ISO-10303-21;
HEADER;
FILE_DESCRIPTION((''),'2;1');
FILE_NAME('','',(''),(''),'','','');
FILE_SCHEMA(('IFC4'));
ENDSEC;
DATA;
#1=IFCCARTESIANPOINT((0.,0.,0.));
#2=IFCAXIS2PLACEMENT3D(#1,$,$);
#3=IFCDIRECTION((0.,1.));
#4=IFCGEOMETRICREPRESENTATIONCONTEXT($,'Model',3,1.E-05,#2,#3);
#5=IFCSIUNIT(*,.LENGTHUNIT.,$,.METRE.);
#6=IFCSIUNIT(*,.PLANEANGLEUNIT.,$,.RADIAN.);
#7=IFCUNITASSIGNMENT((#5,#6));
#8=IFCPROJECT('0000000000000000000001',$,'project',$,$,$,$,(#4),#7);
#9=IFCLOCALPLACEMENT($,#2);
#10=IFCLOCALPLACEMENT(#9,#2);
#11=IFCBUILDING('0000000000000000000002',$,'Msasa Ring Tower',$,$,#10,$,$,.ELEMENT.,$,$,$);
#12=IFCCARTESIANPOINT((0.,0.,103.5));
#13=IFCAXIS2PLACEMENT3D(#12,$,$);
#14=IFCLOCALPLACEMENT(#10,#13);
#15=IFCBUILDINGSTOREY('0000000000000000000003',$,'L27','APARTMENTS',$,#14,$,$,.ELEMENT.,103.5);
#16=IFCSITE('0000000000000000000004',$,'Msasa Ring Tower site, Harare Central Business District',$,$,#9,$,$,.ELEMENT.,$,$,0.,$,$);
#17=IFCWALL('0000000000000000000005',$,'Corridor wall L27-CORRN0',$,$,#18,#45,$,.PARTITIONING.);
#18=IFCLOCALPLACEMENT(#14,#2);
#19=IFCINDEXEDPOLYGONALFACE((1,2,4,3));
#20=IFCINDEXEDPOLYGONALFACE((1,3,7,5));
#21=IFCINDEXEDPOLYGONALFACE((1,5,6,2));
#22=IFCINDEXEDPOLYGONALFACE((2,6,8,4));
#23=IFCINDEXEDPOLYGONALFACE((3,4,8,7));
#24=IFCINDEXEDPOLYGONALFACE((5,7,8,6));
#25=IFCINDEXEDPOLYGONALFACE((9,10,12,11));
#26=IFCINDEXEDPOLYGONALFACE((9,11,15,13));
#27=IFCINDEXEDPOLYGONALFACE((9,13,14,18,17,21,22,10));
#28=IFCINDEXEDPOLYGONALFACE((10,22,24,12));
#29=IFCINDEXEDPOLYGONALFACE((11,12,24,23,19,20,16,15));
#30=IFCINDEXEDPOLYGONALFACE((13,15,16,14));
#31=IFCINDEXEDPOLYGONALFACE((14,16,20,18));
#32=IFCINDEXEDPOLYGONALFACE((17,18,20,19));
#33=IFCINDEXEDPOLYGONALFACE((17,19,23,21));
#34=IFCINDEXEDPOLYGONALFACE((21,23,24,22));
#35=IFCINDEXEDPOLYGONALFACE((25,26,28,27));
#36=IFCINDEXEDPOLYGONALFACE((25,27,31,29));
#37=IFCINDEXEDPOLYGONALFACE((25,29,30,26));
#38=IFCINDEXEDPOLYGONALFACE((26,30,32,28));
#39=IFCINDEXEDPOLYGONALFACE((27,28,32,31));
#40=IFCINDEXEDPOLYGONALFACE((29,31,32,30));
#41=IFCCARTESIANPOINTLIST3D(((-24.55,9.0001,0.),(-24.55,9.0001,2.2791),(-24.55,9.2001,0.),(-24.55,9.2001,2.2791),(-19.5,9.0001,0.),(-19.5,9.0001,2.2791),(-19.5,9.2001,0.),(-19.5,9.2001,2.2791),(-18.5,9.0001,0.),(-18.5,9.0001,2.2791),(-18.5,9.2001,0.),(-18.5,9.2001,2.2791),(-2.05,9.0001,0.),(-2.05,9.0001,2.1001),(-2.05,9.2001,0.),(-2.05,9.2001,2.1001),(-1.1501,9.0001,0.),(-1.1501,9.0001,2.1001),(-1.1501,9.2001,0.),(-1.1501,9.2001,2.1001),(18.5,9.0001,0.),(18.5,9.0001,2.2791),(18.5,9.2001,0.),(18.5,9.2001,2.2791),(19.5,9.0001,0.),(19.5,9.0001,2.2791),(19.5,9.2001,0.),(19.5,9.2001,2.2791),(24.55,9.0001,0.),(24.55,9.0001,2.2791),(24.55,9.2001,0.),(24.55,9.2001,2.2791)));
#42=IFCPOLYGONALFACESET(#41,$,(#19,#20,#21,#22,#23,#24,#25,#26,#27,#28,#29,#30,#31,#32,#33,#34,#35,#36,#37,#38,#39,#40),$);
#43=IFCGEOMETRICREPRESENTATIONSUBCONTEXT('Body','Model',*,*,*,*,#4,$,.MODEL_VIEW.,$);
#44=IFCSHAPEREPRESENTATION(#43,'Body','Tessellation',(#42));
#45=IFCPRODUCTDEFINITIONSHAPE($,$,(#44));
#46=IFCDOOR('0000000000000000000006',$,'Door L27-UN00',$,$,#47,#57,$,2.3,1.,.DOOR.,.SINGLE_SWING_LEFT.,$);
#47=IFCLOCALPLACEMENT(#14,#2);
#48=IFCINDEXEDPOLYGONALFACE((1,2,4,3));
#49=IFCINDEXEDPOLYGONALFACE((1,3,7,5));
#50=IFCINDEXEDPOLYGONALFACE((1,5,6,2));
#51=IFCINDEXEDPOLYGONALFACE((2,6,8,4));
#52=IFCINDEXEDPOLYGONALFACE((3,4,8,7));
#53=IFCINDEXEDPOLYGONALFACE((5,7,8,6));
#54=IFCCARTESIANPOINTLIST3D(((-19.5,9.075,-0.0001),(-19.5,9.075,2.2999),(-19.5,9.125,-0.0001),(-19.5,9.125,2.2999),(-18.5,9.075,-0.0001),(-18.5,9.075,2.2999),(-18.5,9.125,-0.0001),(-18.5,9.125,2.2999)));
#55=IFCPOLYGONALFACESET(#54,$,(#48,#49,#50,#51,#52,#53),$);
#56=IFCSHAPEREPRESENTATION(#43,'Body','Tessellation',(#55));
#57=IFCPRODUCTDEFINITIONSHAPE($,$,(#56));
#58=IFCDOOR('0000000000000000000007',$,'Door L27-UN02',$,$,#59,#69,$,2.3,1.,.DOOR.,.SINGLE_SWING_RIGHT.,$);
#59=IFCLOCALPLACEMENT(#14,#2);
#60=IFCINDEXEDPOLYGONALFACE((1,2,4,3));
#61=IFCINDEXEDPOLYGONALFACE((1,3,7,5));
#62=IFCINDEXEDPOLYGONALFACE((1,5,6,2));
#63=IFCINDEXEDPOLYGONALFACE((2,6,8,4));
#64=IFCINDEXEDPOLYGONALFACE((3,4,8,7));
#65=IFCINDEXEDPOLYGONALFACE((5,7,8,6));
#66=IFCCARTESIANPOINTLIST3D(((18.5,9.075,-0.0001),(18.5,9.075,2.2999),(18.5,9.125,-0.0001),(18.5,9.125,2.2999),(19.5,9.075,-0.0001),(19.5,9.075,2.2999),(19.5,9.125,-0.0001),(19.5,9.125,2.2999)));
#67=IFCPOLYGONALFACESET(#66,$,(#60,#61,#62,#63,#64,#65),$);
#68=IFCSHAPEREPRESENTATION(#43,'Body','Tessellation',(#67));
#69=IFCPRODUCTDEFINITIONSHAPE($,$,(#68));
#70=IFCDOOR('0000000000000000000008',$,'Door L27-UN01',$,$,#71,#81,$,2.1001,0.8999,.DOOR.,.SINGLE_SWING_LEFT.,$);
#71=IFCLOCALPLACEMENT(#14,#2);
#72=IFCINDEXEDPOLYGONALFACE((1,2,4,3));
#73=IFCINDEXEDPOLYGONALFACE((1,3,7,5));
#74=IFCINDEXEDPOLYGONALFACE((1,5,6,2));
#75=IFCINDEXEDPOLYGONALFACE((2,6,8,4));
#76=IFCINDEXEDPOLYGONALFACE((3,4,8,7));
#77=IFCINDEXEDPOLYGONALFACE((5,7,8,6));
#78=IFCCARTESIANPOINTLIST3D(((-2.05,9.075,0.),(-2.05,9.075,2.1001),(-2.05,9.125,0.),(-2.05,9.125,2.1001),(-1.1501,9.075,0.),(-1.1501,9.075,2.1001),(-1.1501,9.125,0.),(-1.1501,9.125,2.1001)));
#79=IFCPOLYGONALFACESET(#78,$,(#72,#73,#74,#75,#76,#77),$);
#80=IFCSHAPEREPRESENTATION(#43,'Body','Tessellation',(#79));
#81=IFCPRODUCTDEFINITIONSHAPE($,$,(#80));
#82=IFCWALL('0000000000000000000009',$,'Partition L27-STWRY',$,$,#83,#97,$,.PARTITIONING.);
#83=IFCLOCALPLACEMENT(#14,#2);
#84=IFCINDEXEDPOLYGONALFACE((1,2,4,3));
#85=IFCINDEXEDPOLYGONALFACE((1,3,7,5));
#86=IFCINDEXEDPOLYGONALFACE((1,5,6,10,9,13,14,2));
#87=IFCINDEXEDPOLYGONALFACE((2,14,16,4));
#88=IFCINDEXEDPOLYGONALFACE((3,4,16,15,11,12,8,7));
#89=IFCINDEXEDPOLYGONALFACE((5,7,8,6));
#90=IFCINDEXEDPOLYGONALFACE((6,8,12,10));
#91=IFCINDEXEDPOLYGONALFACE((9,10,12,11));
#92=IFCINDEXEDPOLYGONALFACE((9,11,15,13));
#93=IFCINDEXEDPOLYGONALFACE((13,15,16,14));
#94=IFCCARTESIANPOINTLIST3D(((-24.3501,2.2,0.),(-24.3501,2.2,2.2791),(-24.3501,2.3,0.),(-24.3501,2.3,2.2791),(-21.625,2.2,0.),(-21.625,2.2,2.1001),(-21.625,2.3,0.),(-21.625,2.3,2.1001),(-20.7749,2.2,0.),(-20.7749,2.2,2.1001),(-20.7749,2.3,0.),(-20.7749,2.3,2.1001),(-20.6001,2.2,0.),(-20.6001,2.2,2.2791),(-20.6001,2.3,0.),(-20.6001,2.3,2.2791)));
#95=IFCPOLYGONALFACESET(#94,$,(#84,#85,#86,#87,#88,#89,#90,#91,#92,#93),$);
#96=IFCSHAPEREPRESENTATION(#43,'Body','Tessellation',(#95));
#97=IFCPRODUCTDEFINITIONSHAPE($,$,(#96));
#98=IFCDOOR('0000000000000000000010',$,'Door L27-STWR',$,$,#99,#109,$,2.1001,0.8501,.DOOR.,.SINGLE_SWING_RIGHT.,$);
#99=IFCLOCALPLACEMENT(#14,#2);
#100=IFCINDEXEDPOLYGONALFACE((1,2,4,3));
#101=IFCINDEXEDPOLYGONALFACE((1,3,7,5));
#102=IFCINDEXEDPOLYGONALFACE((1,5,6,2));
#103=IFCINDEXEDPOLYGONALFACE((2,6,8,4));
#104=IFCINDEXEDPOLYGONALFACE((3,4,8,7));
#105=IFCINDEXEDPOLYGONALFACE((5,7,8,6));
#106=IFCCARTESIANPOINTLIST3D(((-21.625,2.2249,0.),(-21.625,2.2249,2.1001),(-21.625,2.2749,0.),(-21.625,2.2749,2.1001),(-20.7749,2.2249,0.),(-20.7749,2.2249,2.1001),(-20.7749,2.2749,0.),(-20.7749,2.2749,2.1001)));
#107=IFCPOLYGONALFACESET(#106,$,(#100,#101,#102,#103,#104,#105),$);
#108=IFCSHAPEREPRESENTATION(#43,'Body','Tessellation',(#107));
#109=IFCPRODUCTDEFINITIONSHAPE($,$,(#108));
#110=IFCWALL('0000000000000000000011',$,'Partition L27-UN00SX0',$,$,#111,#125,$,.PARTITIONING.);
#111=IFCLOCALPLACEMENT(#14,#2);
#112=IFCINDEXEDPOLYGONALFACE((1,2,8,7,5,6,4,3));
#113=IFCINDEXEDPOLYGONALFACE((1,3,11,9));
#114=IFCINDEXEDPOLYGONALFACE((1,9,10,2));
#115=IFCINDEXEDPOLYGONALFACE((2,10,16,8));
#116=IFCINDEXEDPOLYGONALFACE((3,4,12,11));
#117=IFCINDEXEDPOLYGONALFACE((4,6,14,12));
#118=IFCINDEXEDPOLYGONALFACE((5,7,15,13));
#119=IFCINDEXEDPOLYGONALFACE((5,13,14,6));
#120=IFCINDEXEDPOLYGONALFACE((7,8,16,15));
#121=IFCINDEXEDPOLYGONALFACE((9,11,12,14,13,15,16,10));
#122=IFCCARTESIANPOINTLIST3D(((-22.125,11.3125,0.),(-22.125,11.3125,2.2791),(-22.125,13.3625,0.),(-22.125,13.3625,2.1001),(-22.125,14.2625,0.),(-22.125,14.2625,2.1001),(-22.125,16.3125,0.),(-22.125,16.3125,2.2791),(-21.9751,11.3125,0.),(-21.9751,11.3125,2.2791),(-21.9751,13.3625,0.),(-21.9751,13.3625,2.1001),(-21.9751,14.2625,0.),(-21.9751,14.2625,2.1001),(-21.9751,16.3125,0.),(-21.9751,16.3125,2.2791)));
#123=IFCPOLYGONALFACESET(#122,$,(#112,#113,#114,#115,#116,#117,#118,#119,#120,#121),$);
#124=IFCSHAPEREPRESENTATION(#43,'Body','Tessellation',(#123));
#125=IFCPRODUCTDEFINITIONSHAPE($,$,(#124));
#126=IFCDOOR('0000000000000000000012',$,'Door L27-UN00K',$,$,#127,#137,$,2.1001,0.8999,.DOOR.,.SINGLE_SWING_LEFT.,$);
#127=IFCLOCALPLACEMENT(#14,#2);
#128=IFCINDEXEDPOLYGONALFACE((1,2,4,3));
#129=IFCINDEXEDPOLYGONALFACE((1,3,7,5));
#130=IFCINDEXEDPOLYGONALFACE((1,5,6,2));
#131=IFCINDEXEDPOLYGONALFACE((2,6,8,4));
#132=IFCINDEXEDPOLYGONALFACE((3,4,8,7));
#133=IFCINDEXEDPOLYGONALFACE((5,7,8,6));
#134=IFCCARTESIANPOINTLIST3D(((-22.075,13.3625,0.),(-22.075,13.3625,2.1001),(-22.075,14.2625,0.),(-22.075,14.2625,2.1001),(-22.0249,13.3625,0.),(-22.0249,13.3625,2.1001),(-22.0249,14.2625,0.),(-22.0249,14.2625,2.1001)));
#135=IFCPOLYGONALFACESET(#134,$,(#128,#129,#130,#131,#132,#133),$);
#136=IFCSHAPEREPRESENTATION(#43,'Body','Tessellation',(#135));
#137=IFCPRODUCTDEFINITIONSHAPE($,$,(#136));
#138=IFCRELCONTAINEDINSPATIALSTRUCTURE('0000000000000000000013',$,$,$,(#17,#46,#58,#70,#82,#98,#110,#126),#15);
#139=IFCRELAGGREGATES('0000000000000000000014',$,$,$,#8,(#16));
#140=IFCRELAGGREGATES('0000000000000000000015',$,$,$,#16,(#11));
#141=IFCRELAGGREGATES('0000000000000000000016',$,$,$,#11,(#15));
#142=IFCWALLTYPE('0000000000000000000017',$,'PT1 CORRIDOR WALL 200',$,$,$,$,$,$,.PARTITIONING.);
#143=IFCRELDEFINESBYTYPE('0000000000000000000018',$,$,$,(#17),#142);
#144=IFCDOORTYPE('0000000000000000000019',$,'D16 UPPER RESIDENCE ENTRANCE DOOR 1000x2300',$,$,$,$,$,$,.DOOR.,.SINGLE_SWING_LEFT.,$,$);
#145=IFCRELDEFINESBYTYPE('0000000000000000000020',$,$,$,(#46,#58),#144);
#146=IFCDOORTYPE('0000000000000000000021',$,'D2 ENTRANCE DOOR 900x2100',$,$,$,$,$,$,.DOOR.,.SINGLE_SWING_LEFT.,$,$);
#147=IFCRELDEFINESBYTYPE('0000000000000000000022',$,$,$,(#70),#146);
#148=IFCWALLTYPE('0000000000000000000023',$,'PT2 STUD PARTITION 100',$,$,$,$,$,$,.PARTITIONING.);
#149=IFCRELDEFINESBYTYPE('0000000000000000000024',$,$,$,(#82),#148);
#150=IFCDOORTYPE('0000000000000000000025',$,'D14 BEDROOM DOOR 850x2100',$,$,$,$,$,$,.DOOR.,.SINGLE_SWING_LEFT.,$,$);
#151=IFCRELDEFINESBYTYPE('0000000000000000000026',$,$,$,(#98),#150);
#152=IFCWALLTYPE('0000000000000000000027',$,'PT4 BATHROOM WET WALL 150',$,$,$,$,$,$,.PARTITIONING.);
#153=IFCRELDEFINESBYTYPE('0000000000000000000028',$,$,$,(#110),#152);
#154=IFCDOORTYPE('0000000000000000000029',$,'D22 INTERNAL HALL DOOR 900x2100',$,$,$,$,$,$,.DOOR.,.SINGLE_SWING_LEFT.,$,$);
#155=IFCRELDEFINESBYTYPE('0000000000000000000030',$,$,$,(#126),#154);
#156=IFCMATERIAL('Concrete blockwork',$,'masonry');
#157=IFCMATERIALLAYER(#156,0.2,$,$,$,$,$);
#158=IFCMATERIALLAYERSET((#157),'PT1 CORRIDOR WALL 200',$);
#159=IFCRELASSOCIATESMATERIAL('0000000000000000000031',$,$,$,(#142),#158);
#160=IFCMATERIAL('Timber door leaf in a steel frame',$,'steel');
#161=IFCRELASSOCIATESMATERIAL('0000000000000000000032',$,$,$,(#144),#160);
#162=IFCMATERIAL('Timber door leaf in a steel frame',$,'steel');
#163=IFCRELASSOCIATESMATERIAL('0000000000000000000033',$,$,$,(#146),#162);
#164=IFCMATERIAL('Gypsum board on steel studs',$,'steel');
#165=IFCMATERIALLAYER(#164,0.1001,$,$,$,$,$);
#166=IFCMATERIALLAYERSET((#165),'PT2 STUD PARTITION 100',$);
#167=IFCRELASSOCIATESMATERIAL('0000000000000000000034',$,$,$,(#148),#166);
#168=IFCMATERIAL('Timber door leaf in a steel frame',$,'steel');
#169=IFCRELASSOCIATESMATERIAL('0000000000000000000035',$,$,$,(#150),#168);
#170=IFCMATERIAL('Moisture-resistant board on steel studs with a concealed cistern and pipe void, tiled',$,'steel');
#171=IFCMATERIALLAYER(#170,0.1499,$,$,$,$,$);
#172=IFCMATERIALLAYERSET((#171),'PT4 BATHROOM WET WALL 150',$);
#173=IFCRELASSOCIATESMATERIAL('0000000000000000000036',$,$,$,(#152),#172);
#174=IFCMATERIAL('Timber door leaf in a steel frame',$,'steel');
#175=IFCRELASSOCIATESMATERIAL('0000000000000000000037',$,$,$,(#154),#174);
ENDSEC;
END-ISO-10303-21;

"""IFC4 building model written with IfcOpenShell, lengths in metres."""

from ifc_helpers import new_model, si_unit, direction, frame, frame_2d, origin, place, context, subcontext, project, spatial, rectangle, extrude, material, layer, layer_set, type_object, element, fill, save


model = new_model("IFC4")

# Units and contexts
model_context = context("Model", 3, precision=1e-05, world=origin(), true_north=direction((0.0, 1.0)))
body_context = subcontext(model_context, "Body", "Model", "MODEL_VIEW")
ifc_project = project(units=[si_unit("LENGTHUNIT", "METRE"), si_unit("PLANEANGLEUNIT", "RADIAN")], contexts=[model_context])

# Site, building, storey
site_placement = place(None, origin())
site = spatial("IfcSite", under=ifc_project, at=site_placement, Name="Msasa Ring Tower site, Harare Central Business District", CompositionType="ELEMENT", RefElevation=0.0)
building_placement = place(site_placement, origin())
building = spatial("IfcBuilding", under=site, at=building_placement, Name="Msasa Ring Tower", CompositionType="ELEMENT")
storey_placement = place(building_placement, frame((0.0, 0.0, 103.5)))
storey = spatial("IfcBuildingStorey", under=building, at=storey_placement, Name="L27", Description="APARTMENTS", CompositionType="ELEMENT", Elevation=103.5)

# Wall, openings, doors
ifc_material_1 = material(Name="Concrete blockwork", Category="masonry")
ifc_layer_1 = layer(ifc_material_1, 0.2)
ifc_layer_set_1 = layer_set([ifc_layer_1], Name="PT1 CORRIDOR WALL 200")
wall_type_1 = type_object("IfcWallType", Name="PT1 CORRIDOR WALL 200", PredefinedType="PARTITIONING", material=ifc_layer_set_1)
wall_1_placement = place(storey_placement, frame((-24.55, 9.1001, 0.0), z_axis=(0.0, 0.0, 1.0), x_axis=(1.0, 0.0, 0.0)))
wall_1 = element("IfcWall", 1, at=wall_1_placement, inside=storey, type_object=wall_type_1, Name="Corridor wall L27-CORRN0", PredefinedType="PARTITIONING", context=body_context, shape_type="SweptSolid", body=[
    extrude(rectangle(XDim=49.1001, YDim=0.2, at=frame_2d((24.55, 0.0))), origin(), (0.0, 0.0, 1.0), 2.2791),
])
opening_1_placement = place(wall_1_placement, frame((5.05, 0.0, 0.0)))
opening_1 = element("IfcOpeningElement", 2, at=opening_1_placement, cuts=wall_1, PredefinedType="OPENING", context=body_context, shape_type="SweptSolid", body=[
    extrude(rectangle(XDim=1.0, YDim=2.3, at=frame_2d((0.5, 1.1499))), frame((0.0, 0.1099, 0.0), z_axis=(0.0, -1.0, 0.0), x_axis=(1.0, 0.0, 0.0)), (0.0, 0.0, 1.0), 0.22),
])
opening_2_placement = place(wall_1_placement, frame((22.5, 0.0, 0.0)))
opening_2 = element("IfcOpeningElement", 3, at=opening_2_placement, cuts=wall_1, PredefinedType="OPENING", context=body_context, shape_type="SweptSolid", body=[
    extrude(rectangle(XDim=0.8999, YDim=2.1001, at=frame_2d((0.45, 1.05))), frame((0.0, 0.1099, 0.0), z_axis=(0.0, -1.0, 0.0), x_axis=(1.0, 0.0, 0.0)), (0.0, 0.0, 1.0), 0.22),
])
opening_3_placement = place(wall_1_placement, frame((43.05, 0.0, 0.0)))
opening_3 = element("IfcOpeningElement", 4, at=opening_3_placement, cuts=wall_1, PredefinedType="OPENING", context=body_context, shape_type="SweptSolid", body=[
    extrude(rectangle(XDim=1.0, YDim=2.3, at=frame_2d((0.5, 1.1499))), frame((0.0, 0.1099, 0.0), z_axis=(0.0, -1.0, 0.0), x_axis=(1.0, 0.0, 0.0)), (0.0, 0.0, 1.0), 0.22),
])
ifc_material_2 = material(Name="Timber door leaf in a steel frame", Category="steel")
door_type_1 = type_object("IfcDoorType", Name="D16 UPPER RESIDENCE ENTRANCE DOOR 1000x2300", OperationType="SINGLE_SWING_LEFT", PredefinedType="DOOR", material=ifc_material_2)
door_1_placement = place(opening_1_placement, origin())
door_1 = element("IfcDoor", 5, at=door_1_placement, inside=storey, type_object=door_type_1, Name="Door L27-UN00", OperationType="SINGLE_SWING_LEFT", OverallHeight=2.3, OverallWidth=1.0, PredefinedType="DOOR", context=body_context, shape_type="SweptSolid", body=[
    extrude(rectangle(XDim=1.0, YDim=2.3, at=frame_2d((0.5, 1.1499))), frame((0.0, 0.0249, 0.0), z_axis=(0.0, -1.0, 0.0), x_axis=(1.0, 0.0, 0.0)), (0.0, 0.0, 1.0), 0.05),
])
fill(opening_1, door_1)
door_2_placement = place(opening_3_placement, origin())
door_2 = element("IfcDoor", 6, at=door_2_placement, inside=storey, type_object=door_type_1, Name="Door L27-UN02", OperationType="SINGLE_SWING_RIGHT", OverallHeight=2.3, OverallWidth=1.0, PredefinedType="DOOR", context=body_context, shape_type="SweptSolid", body=[
    extrude(rectangle(XDim=1.0, YDim=2.3, at=frame_2d((0.5, 1.1499))), frame((0.0, 0.0249, 0.0), z_axis=(0.0, -1.0, 0.0), x_axis=(1.0, 0.0, 0.0)), (0.0, 0.0, 1.0), 0.05),
])
fill(opening_3, door_2)
ifc_material_3 = material(Name="Timber door leaf in a steel frame", Category="steel")
door_type_2 = type_object("IfcDoorType", Name="D2 ENTRANCE DOOR 900x2100", OperationType="SINGLE_SWING_LEFT", PredefinedType="DOOR", material=ifc_material_3)
door_3_placement = place(opening_2_placement, origin())
door_3 = element("IfcDoor", 7, at=door_3_placement, inside=storey, type_object=door_type_2, Name="Door L27-UN01", OperationType="SINGLE_SWING_LEFT", OverallHeight=2.1001, OverallWidth=0.8999, PredefinedType="DOOR", context=body_context, shape_type="SweptSolid", body=[
    extrude(rectangle(XDim=0.8999, YDim=2.1001, at=frame_2d((0.45, 1.05))), frame((0.0, 0.0249, 0.0), z_axis=(0.0, -1.0, 0.0), x_axis=(1.0, 0.0, 0.0)), (0.0, 0.0, 1.0), 0.05),
])
fill(opening_2, door_3)

# Walls, openings, doors
ifc_material_4 = material(Name="Gypsum board on steel studs", Category="steel")
ifc_layer_2 = layer(ifc_material_4, 0.1001)
ifc_layer_set_2 = layer_set([ifc_layer_2], Name="PT2 STUD PARTITION 100")
wall_type_2 = type_object("IfcWallType", Name="PT2 STUD PARTITION 100", PredefinedType="PARTITIONING", material=ifc_layer_set_2)
wall_2_placement = place(storey_placement, frame((-24.3501, 2.25, 0.0), z_axis=(0.0, 0.0, 1.0), x_axis=(1.0, 0.0, 0.0)))
wall_2 = element("IfcWall", 8, at=wall_2_placement, inside=storey, type_object=wall_type_2, Name="Partition L27-STWRY", PredefinedType="PARTITIONING", context=body_context, shape_type="SweptSolid", body=[
    extrude(rectangle(XDim=3.75, YDim=0.1001, at=frame_2d((1.875, 0.0))), origin(), (0.0, 0.0, 1.0), 2.2791),
])
opening_4_placement = place(wall_2_placement, frame((2.7251, 0.0, 0.0)))
opening_4 = element("IfcOpeningElement", 9, at=opening_4_placement, cuts=wall_2, PredefinedType="OPENING", context=body_context, shape_type="SweptSolid", body=[
    extrude(rectangle(XDim=0.8501, YDim=2.1001, at=frame_2d((0.425, 1.05))), frame((0.0, 0.0601, 0.0), z_axis=(0.0, -1.0, 0.0), x_axis=(1.0, 0.0, 0.0)), (0.0, 0.0, 1.0), 0.1201),
])
ifc_material_5 = material(Name="Timber door leaf in a steel frame", Category="steel")
door_type_3 = type_object("IfcDoorType", Name="D14 BEDROOM DOOR 850x2100", OperationType="SINGLE_SWING_LEFT", PredefinedType="DOOR", material=ifc_material_5)
door_4_placement = place(opening_4_placement, origin())
door_4 = element("IfcDoor", 10, at=door_4_placement, inside=storey, type_object=door_type_3, Name="Door L27-STWR", OperationType="SINGLE_SWING_RIGHT", OverallHeight=2.1001, OverallWidth=0.8501, PredefinedType="DOOR", context=body_context, shape_type="SweptSolid", body=[
    extrude(rectangle(XDim=0.8501, YDim=2.1001, at=frame_2d((0.425, 1.05))), frame((0.0, 0.0249, 0.0), z_axis=(0.0, -1.0, 0.0), x_axis=(1.0, 0.0, 0.0)), (0.0, 0.0, 1.0), 0.05),
])
fill(opening_4, door_4)
ifc_material_6 = material(Name="Moisture-resistant board on steel studs with a concealed cistern and pipe void, tiled", Category="steel")
ifc_layer_3 = layer(ifc_material_6, 0.1499)
ifc_layer_set_3 = layer_set([ifc_layer_3], Name="PT4 BATHROOM WET WALL 150")
wall_type_3 = type_object("IfcWallType", Name="PT4 BATHROOM WET WALL 150", PredefinedType="PARTITIONING", material=ifc_layer_set_3)
wall_3_placement = place(storey_placement, frame((-22.05, 11.3125, 0.0), z_axis=(0.0, 0.0, 1.0), x_axis=(0.0, 1.0, 0.0)))
wall_3 = element("IfcWall", 11, at=wall_3_placement, inside=storey, type_object=wall_type_3, Name="Partition L27-UN00SX0", PredefinedType="PARTITIONING", context=body_context, shape_type="SweptSolid", body=[
    extrude(rectangle(XDim=5.0, YDim=0.1499, at=frame_2d((2.5, 0.0))), origin(), (0.0, 0.0, 1.0), 2.2791),
])
opening_5_placement = place(wall_3_placement, frame((2.05, 0.0, 0.0)))
opening_5 = element("IfcOpeningElement", 12, at=opening_5_placement, cuts=wall_3, PredefinedType="OPENING", context=body_context, shape_type="SweptSolid", body=[
    extrude(rectangle(XDim=0.8999, YDim=2.1001, at=frame_2d((0.45, 1.05))), frame((0.0, 0.085, 0.0), z_axis=(0.0, -1.0, 0.0), x_axis=(1.0, 0.0, 0.0)), (0.0, 0.0, 1.0), 0.1699),
])
ifc_material_7 = material(Name="Timber door leaf in a steel frame", Category="steel")
door_type_4 = type_object("IfcDoorType", Name="D22 INTERNAL HALL DOOR 900x2100", OperationType="SINGLE_SWING_LEFT", PredefinedType="DOOR", material=ifc_material_7)
door_5_placement = place(opening_5_placement, origin())
door_5 = element("IfcDoor", 13, at=door_5_placement, inside=storey, type_object=door_type_4, Name="Door L27-UN00K", OperationType="SINGLE_SWING_LEFT", OverallHeight=2.1001, OverallWidth=0.8999, PredefinedType="DOOR", context=body_context, shape_type="SweptSolid", body=[
    extrude(rectangle(XDim=0.8999, YDim=2.1001, at=frame_2d((0.45, 1.05))), frame((0.0, 0.0249, 0.0), z_axis=(0.0, -1.0, 0.0), x_axis=(1.0, 0.0, 0.0)), (0.0, 0.0, 1.0), 0.05),
])
fill(opening_5, door_5)

save(model, "model.ifc")
